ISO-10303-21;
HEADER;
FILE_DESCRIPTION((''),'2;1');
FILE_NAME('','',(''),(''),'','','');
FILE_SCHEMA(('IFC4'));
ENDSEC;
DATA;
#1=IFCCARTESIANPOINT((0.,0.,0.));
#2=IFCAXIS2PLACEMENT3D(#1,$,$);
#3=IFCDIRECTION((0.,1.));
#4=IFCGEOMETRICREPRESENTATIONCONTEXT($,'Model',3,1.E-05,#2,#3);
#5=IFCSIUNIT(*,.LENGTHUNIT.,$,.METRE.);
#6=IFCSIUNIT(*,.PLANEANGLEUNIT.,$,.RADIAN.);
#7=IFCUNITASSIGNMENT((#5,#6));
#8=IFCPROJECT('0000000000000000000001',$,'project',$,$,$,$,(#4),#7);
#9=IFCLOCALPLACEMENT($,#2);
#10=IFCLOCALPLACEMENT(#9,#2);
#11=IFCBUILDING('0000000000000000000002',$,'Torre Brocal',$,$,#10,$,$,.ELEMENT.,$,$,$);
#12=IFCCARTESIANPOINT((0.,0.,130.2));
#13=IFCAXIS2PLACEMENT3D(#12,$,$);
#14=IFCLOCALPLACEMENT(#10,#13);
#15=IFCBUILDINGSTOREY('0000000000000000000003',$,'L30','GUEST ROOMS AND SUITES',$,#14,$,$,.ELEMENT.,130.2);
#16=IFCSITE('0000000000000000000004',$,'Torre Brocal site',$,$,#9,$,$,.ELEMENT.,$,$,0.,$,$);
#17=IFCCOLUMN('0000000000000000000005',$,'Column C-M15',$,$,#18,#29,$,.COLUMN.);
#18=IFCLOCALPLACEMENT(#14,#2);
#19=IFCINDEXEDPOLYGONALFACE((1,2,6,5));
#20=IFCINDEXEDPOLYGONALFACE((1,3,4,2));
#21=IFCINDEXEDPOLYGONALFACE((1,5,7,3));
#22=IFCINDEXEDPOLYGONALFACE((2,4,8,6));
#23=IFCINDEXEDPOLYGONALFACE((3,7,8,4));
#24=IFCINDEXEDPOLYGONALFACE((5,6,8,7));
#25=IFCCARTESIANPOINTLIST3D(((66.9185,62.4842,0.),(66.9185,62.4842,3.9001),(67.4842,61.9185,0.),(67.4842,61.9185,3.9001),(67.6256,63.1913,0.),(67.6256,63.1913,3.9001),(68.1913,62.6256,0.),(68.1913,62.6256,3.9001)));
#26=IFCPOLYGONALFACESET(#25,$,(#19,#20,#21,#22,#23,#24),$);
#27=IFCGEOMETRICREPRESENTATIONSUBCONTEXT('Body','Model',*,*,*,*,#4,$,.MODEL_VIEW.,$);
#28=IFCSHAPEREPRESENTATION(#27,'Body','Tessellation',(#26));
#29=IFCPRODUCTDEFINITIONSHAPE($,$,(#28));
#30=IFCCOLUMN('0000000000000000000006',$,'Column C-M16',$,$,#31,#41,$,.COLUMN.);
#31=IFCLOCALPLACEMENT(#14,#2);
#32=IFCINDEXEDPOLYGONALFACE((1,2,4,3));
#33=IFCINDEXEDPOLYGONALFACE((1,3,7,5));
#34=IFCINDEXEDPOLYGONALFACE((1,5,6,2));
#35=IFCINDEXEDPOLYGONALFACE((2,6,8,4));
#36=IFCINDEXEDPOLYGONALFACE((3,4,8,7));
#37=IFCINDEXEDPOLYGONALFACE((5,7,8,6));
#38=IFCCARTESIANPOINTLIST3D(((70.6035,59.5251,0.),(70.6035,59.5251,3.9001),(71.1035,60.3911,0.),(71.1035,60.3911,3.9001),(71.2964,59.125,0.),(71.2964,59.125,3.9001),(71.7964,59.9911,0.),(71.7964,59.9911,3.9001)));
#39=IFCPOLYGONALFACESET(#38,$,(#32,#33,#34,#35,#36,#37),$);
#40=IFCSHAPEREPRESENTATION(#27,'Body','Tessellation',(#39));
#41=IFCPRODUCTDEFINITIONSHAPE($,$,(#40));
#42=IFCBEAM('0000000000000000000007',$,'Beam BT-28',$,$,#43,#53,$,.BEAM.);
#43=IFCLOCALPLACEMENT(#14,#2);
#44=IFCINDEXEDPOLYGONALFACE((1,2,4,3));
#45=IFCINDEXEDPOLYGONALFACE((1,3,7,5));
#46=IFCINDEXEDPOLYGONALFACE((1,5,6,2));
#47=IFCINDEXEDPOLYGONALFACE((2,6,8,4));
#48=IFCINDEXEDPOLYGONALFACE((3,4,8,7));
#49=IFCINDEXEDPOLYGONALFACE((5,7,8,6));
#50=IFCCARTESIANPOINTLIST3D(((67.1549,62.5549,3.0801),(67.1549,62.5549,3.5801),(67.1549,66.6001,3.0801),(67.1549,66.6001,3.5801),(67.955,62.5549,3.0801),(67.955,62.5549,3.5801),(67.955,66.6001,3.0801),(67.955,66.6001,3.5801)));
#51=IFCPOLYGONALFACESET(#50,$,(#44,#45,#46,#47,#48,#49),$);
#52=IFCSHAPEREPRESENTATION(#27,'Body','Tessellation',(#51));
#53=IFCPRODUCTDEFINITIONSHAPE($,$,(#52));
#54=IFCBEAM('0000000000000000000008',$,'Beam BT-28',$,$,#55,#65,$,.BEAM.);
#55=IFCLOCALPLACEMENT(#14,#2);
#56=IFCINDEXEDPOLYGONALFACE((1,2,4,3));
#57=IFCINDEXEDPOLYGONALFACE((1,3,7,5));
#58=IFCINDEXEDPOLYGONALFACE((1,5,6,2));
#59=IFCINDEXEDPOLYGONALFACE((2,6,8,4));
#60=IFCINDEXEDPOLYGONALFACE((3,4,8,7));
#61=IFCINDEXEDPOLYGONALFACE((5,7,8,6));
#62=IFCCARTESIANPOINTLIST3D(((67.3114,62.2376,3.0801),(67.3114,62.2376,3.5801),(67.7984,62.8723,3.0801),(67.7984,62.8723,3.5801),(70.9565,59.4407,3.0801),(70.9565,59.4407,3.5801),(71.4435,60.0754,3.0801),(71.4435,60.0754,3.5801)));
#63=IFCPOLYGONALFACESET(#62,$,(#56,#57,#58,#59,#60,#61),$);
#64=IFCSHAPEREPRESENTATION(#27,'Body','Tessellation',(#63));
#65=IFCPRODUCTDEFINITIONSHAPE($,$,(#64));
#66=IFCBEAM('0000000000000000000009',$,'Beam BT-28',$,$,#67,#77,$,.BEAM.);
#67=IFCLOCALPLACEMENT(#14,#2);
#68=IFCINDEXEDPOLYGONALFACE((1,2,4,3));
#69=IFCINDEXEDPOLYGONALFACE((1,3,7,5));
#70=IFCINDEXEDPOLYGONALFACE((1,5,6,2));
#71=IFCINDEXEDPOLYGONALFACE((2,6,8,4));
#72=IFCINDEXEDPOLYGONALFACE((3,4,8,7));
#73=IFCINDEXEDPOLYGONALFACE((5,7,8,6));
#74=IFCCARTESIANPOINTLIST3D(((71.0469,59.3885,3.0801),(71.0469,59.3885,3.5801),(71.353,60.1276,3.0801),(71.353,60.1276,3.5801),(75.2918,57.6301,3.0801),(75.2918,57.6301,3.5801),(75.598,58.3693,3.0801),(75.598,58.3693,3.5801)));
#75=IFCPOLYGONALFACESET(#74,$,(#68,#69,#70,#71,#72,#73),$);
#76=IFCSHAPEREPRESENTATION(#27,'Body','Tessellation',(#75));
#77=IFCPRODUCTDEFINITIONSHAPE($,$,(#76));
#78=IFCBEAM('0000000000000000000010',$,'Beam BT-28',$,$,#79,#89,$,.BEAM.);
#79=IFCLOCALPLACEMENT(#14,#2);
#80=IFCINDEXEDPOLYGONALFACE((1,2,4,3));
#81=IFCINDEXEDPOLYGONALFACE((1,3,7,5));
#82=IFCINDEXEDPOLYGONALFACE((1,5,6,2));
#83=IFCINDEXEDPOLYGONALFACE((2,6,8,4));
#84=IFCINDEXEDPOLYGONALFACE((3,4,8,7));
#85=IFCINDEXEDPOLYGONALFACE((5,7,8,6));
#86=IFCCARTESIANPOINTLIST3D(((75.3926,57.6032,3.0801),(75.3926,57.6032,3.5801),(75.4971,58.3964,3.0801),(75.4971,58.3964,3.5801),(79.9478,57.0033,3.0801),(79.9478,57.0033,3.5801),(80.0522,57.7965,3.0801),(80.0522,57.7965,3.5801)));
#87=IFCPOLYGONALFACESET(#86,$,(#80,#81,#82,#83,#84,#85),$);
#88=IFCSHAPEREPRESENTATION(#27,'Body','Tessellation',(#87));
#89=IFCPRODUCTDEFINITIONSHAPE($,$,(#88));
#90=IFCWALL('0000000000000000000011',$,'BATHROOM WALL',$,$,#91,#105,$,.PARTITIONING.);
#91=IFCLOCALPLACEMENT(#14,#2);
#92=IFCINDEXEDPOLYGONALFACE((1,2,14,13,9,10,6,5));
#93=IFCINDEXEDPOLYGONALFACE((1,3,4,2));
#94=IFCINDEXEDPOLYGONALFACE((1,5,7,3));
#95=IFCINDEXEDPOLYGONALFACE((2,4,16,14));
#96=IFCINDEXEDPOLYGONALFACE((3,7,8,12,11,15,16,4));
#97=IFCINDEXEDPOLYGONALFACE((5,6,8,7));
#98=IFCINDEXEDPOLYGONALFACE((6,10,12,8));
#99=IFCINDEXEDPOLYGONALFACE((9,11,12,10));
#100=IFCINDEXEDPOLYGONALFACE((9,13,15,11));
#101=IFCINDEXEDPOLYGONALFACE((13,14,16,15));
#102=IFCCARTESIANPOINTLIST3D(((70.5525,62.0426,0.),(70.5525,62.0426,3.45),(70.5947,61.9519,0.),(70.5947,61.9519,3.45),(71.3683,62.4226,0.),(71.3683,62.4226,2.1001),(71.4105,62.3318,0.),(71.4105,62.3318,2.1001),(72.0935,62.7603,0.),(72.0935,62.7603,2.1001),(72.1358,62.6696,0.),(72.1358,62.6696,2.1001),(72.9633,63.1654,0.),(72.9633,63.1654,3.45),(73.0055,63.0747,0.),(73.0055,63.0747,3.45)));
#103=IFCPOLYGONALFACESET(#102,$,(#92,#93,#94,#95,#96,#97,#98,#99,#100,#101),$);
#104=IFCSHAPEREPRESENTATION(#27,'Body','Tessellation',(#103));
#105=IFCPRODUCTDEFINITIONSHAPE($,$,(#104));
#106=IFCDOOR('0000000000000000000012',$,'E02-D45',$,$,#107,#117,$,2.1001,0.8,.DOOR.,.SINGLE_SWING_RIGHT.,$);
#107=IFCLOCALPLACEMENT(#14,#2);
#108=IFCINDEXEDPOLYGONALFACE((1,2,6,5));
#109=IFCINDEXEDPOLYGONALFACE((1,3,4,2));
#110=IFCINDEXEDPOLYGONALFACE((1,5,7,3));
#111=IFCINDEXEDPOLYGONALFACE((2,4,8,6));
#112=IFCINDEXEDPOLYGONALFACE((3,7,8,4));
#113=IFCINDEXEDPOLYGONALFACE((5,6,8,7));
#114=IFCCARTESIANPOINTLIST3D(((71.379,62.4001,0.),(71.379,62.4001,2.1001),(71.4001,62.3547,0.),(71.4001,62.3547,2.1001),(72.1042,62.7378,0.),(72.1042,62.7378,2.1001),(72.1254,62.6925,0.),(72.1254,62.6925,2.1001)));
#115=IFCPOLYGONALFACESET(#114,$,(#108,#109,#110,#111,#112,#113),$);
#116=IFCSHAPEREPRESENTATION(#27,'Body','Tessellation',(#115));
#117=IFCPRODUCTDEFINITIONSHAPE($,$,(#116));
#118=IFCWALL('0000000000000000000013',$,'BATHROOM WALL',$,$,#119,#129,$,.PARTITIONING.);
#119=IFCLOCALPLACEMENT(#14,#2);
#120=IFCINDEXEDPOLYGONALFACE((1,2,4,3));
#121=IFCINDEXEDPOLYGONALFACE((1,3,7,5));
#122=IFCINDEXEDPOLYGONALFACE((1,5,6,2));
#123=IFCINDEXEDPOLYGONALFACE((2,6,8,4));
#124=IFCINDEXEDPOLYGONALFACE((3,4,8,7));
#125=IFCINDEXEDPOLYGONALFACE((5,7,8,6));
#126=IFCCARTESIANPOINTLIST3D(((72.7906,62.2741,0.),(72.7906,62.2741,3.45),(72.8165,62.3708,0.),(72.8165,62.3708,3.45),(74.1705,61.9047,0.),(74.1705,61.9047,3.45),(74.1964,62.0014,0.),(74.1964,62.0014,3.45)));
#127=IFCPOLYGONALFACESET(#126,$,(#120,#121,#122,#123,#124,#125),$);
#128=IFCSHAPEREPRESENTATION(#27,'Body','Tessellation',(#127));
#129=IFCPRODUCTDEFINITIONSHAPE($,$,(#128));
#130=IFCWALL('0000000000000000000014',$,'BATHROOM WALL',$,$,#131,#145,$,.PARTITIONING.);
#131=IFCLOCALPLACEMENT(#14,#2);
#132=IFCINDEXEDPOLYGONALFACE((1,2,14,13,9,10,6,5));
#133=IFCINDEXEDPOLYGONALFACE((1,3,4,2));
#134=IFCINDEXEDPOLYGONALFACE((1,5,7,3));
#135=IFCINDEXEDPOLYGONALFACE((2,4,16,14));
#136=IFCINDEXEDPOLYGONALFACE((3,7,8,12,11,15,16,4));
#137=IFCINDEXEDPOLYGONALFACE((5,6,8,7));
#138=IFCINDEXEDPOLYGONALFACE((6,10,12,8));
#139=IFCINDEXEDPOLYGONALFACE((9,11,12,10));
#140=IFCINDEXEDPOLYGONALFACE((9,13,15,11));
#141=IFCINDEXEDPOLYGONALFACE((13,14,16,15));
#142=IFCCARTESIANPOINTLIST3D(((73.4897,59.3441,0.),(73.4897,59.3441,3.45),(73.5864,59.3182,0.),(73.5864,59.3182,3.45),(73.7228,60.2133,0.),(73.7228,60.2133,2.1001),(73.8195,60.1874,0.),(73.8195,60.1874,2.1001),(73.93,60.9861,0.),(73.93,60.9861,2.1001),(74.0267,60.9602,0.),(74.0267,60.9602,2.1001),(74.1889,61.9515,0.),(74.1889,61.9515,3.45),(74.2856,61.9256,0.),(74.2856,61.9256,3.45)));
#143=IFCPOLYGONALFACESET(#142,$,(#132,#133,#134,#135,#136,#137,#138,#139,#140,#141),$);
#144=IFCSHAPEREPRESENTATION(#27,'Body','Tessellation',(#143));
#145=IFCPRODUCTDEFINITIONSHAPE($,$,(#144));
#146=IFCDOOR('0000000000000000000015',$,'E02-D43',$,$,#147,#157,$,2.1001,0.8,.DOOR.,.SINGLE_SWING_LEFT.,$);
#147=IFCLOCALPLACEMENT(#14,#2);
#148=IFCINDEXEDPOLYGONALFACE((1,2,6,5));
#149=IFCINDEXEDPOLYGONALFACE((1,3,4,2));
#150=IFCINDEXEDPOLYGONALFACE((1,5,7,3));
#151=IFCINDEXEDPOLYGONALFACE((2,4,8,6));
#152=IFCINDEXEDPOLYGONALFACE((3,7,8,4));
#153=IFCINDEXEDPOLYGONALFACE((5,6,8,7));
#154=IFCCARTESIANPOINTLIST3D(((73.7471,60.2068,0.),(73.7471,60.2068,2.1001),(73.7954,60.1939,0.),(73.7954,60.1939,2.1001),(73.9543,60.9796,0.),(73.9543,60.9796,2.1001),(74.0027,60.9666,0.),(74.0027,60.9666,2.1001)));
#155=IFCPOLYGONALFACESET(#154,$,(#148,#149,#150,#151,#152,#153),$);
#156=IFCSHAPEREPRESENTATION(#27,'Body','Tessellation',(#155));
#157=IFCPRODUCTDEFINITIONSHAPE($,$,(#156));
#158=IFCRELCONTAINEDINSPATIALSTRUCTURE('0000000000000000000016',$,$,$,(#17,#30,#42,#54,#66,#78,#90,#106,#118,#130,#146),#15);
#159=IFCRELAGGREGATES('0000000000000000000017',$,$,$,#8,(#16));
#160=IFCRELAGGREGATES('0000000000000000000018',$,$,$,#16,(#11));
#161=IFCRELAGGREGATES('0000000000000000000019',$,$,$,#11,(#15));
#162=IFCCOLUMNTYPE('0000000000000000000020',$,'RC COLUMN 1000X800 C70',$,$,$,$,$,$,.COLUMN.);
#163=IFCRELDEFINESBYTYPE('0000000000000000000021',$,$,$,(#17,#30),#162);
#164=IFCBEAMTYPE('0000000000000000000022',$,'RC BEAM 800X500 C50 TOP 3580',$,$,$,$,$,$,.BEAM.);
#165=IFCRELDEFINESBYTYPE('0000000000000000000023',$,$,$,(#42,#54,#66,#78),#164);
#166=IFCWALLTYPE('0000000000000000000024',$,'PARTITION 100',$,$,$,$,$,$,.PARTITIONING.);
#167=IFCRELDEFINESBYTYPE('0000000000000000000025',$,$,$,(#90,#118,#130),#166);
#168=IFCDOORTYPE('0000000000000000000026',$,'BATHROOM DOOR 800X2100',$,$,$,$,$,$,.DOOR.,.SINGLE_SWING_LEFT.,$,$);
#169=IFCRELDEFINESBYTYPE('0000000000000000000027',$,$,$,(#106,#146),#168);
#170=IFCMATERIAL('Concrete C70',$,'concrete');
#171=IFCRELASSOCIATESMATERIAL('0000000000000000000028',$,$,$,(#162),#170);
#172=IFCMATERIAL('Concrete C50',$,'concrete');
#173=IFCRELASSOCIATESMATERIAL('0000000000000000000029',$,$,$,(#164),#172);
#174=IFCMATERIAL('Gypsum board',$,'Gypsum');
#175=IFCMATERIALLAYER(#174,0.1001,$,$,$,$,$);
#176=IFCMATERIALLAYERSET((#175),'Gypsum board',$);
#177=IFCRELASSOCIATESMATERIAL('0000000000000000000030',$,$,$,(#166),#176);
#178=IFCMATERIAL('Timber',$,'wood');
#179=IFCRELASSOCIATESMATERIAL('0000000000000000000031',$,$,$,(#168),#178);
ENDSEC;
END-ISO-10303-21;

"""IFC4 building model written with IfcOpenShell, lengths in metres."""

from ifc_helpers import new_model, si_unit, direction, frame, frame_2d, origin, origin_2d, place, context, subcontext, project, spatial, rectangle, extrude, material, layer, layer_set, material_profile, profile_set, type_object, element, fill, save


model = new_model("IFC4")

# Units and contexts
model_context = context("Model", 3, precision=1e-05, world=origin(), true_north=direction((0.0, 1.0)))
body_context = subcontext(model_context, "Body", "Model", "MODEL_VIEW")
ifc_project = project(units=[si_unit("LENGTHUNIT", "METRE"), si_unit("PLANEANGLEUNIT", "RADIAN")], contexts=[model_context])

# Site, building, storey
site_placement = place(None, origin())
site = spatial("IfcSite", under=ifc_project, at=site_placement, Name="Torre Brocal site", CompositionType="ELEMENT", RefElevation=0.0)
building_placement = place(site_placement, origin())
building = spatial("IfcBuilding", under=site, at=building_placement, Name="Torre Brocal", CompositionType="ELEMENT")
storey_placement = place(building_placement, frame((0.0, 0.0, 130.2)))
storey = spatial("IfcBuildingStorey", under=building, at=storey_placement, Name="L30", Description="GUEST ROOMS AND SUITES", CompositionType="ELEMENT", Elevation=130.2)

# Columns
ifc_material_1 = material(Name="Concrete C70", Category="concrete")
ifc_material_profile_1 = material_profile(ifc_material_1, rectangle(XDim=1.0, YDim=0.8, at=origin_2d()), Name="RC 1000X800")
ifc_profile_set_1 = profile_set([ifc_material_profile_1], Name="Concrete C70")
column_type = type_object("IfcColumnType", Name="RC COLUMN 1000X800 C70", PredefinedType="COLUMN", material=ifc_profile_set_1)
for number, where, z_axis, x_axis, name in (
    (1, (67.5549, 62.5549, 0.0), (0.0, 0.0, 1.0), (-0.707107, -0.707107, 0.0), "Column C-M15"),
    (2, (71.2, 59.7581, 0.0), (0.0, 0.0, 1.0), (-0.5, -0.866025, 0.0), "Column C-M16"),
):
    element("IfcColumn", number, at=place(storey_placement, frame(where, z_axis=z_axis, x_axis=x_axis)), inside=storey, type_object=column_type, Name=name, PredefinedType="COLUMN", context=body_context, shape_type="SweptSolid", body=[
        extrude(rectangle(XDim=1.0, YDim=0.8, at=origin_2d()), origin(), (0.0, 0.0, 1.0), 3.9001),
    ])

# Beams
ifc_material_2 = material(Name="Concrete C50", Category="concrete")
ifc_material_profile_2 = material_profile(ifc_material_2, rectangle(XDim=0.8, YDim=0.5, at=origin_2d()), Name="RC 800X500")
ifc_profile_set_2 = profile_set([ifc_material_profile_2], Name="Concrete C50")
beam_type = type_object("IfcBeamType", Name="RC BEAM 800X500 C50 TOP 3580", PredefinedType="BEAM", material=ifc_profile_set_2)
beam_1_placement = place(storey_placement, frame((67.5549, 62.5549, 3.3301), z_axis=(0.0, 1.0, 0.0), x_axis=(-1.0, 0.0, 0.0)))
element("IfcBeam", 3, at=beam_1_placement, inside=storey, type_object=beam_type, Name="Beam BT-28", PredefinedType="BEAM", context=body_context, shape_type="SweptSolid", body=[
    extrude(rectangle(XDim=0.8, YDim=0.5, at=origin_2d()), origin(), (0.0, 0.0, 1.0), 4.0452),
])
beam_2_placement = place(storey_placement, frame((67.5549, 62.5549, 3.3301), z_axis=(0.793358, -0.608755, 0.0), x_axis=(0.608755, 0.793358, 0.0)))
element("IfcBeam", 4, at=beam_2_placement, inside=storey, type_object=beam_type, Name="Beam BT-28", PredefinedType="BEAM", context=body_context, shape_type="SweptSolid", body=[
    extrude(rectangle(XDim=0.8, YDim=0.5, at=origin_2d()), origin(), (0.0, 0.0, 1.0), 4.5945),
])
beam_3_placement = place(storey_placement, frame((71.2, 59.7581, 3.3301), z_axis=(0.923878, -0.382687, 0.0), x_axis=(0.382687, 0.923878, 0.0)))
element("IfcBeam", 5, at=beam_3_placement, inside=storey, type_object=beam_type, Name="Beam BT-28", PredefinedType="BEAM", context=body_context, shape_type="SweptSolid", body=[
    extrude(rectangle(XDim=0.8, YDim=0.5, at=origin_2d()), origin(), (0.0, 0.0, 1.0), 4.5947),
])
beam_4_placement = place(storey_placement, frame((75.4448, 57.9998, 3.3301), z_axis=(0.991441, -0.130559, 0.0), x_axis=(0.130559, 0.991441, 0.0)))
element("IfcBeam", 6, at=beam_4_placement, inside=storey, type_object=beam_type, Name="Beam BT-28", PredefinedType="BEAM", context=body_context, shape_type="SweptSolid", body=[
    extrude(rectangle(XDim=0.8, YDim=0.5, at=origin_2d()), origin(), (0.0, 0.0, 1.0), 4.5945),
])

# Wall, opening, door
ifc_material_3 = material(Name="Gypsum board", Category="Gypsum")
ifc_layer_1 = layer(ifc_material_3, 0.1001)
ifc_layer_set_1 = layer_set([ifc_layer_1], Name="Gypsum board")
wall_type_1 = type_object("IfcWallType", Name="PARTITION 100", PredefinedType="PARTITIONING", material=ifc_layer_set_1)
wall_1_placement = place(storey_placement, frame((70.5737, 61.9973, 0.0), z_axis=(0.0, 0.0, 1.0), x_axis=(0.906511, 0.422182, 0.0)))
wall_1 = element("IfcWall", 7, at=wall_1_placement, inside=storey, type_object=wall_type_1, Name="BATHROOM WALL", PredefinedType="PARTITIONING", context=body_context, shape_type="SweptSolid", body=[
    extrude(rectangle(XDim=2.6594, YDim=0.1001, at=frame_2d((1.3296, 0.0))), origin(), (0.0, 0.0, 1.0), 3.45),
])
opening_1_placement = place(wall_1_placement, frame((0.8999, 0.0, 0.0)))
opening_1 = element("IfcOpeningElement", 8, at=opening_1_placement, cuts=wall_1, PredefinedType="OPENING", context=body_context, shape_type="SweptSolid", body=[
    extrude(rectangle(XDim=0.8, YDim=2.1001, at=frame_2d((0.3999, 1.05))), frame((0.0, 0.0601, 0.0), z_axis=(0.0, -1.0, 0.0), x_axis=(1.0, 0.0, 0.0)), (0.0, 0.0, 1.0), 0.1201),
])
ifc_material_4 = material(Name="Timber", Category="wood")
door_type_1 = type_object("IfcDoorType", Name="BATHROOM DOOR 800X2100", OperationType="SINGLE_SWING_LEFT", PredefinedType="DOOR", material=ifc_material_4)
door_1_placement = place(opening_1_placement, frame((0.8, 0.0, 0.0), z_axis=(0.0, 0.0, 1.0), x_axis=(-1.0, 0.0, 0.0)))
door_1 = element("IfcDoor", 9, at=door_1_placement, inside=storey, type_object=door_type_1, Name="E02-D45", OperationType="SINGLE_SWING_RIGHT", OverallHeight=2.1001, OverallWidth=0.8, PredefinedType="DOOR", context=body_context, shape_type="SweptSolid", body=[
    extrude(rectangle(XDim=0.8, YDim=2.1001, at=frame_2d((0.3999, 1.05))), frame((0.0, 0.0249, 0.0), z_axis=(0.0, -1.0, 0.0), x_axis=(1.0, 0.0, 0.0)), (0.0, 0.0, 1.0), 0.05),
])
fill(opening_1, door_1)

# Wall
wall_2_placement = place(storey_placement, frame((72.8035, 62.3225, 0.0), z_axis=(0.0, 0.0, 1.0), x_axis=(0.965988, -0.258588, 0.0)))
element("IfcWall", 10, at=wall_2_placement, inside=storey, type_object=wall_type_1, Name="BATHROOM WALL", PredefinedType="PARTITIONING", context=body_context, shape_type="SweptSolid", body=[
    extrude(rectangle(XDim=1.4285, YDim=0.1001, at=frame_2d((0.7144, 0.0))), origin(), (0.0, 0.0, 1.0), 3.45),
])

# Wall, opening, door
wall_3_placement = place(storey_placement, frame((73.5381, 59.3313, 0.0), z_axis=(0.0, 0.0, 1.0), x_axis=(0.259013, 0.965874, 0.0)))
wall_3 = element("IfcWall", 11, at=wall_3_placement, inside=storey, type_object=wall_type_1, Name="BATHROOM WALL", PredefinedType="PARTITIONING", context=body_context, shape_type="SweptSolid", body=[
    extrude(rectangle(XDim=2.6995, YDim=0.1001, at=frame_2d((1.3496, 0.0))), origin(), (0.0, 0.0, 1.0), 3.45),
])
opening_2_placement = place(wall_3_placement, frame((0.8999, 0.0, 0.0)))
opening_2 = element("IfcOpeningElement", 12, at=opening_2_placement, cuts=wall_3, PredefinedType="OPENING", context=body_context, shape_type="SweptSolid", body=[
    extrude(rectangle(XDim=0.8, YDim=2.1001, at=frame_2d((0.3999, 1.05))), frame((0.0, 0.0601, 0.0), z_axis=(0.0, -1.0, 0.0), x_axis=(1.0, 0.0, 0.0)), (0.0, 0.0, 1.0), 0.1201),
])
door_2_placement = place(opening_2_placement, origin())
door_2 = element("IfcDoor", 13, at=door_2_placement, inside=storey, type_object=door_type_1, Name="E02-D43", OperationType="SINGLE_SWING_LEFT", OverallHeight=2.1001, OverallWidth=0.8, PredefinedType="DOOR", context=body_context, shape_type="SweptSolid", body=[
    extrude(rectangle(XDim=0.8, YDim=2.1001, at=frame_2d((0.3999, 1.05))), frame((0.0, 0.0249, 0.0), z_axis=(0.0, -1.0, 0.0), x_axis=(1.0, 0.0, 0.0)), (0.0, 0.0, 1.0), 0.05),
])
fill(opening_2, door_2)

save(model, "model.ifc")
